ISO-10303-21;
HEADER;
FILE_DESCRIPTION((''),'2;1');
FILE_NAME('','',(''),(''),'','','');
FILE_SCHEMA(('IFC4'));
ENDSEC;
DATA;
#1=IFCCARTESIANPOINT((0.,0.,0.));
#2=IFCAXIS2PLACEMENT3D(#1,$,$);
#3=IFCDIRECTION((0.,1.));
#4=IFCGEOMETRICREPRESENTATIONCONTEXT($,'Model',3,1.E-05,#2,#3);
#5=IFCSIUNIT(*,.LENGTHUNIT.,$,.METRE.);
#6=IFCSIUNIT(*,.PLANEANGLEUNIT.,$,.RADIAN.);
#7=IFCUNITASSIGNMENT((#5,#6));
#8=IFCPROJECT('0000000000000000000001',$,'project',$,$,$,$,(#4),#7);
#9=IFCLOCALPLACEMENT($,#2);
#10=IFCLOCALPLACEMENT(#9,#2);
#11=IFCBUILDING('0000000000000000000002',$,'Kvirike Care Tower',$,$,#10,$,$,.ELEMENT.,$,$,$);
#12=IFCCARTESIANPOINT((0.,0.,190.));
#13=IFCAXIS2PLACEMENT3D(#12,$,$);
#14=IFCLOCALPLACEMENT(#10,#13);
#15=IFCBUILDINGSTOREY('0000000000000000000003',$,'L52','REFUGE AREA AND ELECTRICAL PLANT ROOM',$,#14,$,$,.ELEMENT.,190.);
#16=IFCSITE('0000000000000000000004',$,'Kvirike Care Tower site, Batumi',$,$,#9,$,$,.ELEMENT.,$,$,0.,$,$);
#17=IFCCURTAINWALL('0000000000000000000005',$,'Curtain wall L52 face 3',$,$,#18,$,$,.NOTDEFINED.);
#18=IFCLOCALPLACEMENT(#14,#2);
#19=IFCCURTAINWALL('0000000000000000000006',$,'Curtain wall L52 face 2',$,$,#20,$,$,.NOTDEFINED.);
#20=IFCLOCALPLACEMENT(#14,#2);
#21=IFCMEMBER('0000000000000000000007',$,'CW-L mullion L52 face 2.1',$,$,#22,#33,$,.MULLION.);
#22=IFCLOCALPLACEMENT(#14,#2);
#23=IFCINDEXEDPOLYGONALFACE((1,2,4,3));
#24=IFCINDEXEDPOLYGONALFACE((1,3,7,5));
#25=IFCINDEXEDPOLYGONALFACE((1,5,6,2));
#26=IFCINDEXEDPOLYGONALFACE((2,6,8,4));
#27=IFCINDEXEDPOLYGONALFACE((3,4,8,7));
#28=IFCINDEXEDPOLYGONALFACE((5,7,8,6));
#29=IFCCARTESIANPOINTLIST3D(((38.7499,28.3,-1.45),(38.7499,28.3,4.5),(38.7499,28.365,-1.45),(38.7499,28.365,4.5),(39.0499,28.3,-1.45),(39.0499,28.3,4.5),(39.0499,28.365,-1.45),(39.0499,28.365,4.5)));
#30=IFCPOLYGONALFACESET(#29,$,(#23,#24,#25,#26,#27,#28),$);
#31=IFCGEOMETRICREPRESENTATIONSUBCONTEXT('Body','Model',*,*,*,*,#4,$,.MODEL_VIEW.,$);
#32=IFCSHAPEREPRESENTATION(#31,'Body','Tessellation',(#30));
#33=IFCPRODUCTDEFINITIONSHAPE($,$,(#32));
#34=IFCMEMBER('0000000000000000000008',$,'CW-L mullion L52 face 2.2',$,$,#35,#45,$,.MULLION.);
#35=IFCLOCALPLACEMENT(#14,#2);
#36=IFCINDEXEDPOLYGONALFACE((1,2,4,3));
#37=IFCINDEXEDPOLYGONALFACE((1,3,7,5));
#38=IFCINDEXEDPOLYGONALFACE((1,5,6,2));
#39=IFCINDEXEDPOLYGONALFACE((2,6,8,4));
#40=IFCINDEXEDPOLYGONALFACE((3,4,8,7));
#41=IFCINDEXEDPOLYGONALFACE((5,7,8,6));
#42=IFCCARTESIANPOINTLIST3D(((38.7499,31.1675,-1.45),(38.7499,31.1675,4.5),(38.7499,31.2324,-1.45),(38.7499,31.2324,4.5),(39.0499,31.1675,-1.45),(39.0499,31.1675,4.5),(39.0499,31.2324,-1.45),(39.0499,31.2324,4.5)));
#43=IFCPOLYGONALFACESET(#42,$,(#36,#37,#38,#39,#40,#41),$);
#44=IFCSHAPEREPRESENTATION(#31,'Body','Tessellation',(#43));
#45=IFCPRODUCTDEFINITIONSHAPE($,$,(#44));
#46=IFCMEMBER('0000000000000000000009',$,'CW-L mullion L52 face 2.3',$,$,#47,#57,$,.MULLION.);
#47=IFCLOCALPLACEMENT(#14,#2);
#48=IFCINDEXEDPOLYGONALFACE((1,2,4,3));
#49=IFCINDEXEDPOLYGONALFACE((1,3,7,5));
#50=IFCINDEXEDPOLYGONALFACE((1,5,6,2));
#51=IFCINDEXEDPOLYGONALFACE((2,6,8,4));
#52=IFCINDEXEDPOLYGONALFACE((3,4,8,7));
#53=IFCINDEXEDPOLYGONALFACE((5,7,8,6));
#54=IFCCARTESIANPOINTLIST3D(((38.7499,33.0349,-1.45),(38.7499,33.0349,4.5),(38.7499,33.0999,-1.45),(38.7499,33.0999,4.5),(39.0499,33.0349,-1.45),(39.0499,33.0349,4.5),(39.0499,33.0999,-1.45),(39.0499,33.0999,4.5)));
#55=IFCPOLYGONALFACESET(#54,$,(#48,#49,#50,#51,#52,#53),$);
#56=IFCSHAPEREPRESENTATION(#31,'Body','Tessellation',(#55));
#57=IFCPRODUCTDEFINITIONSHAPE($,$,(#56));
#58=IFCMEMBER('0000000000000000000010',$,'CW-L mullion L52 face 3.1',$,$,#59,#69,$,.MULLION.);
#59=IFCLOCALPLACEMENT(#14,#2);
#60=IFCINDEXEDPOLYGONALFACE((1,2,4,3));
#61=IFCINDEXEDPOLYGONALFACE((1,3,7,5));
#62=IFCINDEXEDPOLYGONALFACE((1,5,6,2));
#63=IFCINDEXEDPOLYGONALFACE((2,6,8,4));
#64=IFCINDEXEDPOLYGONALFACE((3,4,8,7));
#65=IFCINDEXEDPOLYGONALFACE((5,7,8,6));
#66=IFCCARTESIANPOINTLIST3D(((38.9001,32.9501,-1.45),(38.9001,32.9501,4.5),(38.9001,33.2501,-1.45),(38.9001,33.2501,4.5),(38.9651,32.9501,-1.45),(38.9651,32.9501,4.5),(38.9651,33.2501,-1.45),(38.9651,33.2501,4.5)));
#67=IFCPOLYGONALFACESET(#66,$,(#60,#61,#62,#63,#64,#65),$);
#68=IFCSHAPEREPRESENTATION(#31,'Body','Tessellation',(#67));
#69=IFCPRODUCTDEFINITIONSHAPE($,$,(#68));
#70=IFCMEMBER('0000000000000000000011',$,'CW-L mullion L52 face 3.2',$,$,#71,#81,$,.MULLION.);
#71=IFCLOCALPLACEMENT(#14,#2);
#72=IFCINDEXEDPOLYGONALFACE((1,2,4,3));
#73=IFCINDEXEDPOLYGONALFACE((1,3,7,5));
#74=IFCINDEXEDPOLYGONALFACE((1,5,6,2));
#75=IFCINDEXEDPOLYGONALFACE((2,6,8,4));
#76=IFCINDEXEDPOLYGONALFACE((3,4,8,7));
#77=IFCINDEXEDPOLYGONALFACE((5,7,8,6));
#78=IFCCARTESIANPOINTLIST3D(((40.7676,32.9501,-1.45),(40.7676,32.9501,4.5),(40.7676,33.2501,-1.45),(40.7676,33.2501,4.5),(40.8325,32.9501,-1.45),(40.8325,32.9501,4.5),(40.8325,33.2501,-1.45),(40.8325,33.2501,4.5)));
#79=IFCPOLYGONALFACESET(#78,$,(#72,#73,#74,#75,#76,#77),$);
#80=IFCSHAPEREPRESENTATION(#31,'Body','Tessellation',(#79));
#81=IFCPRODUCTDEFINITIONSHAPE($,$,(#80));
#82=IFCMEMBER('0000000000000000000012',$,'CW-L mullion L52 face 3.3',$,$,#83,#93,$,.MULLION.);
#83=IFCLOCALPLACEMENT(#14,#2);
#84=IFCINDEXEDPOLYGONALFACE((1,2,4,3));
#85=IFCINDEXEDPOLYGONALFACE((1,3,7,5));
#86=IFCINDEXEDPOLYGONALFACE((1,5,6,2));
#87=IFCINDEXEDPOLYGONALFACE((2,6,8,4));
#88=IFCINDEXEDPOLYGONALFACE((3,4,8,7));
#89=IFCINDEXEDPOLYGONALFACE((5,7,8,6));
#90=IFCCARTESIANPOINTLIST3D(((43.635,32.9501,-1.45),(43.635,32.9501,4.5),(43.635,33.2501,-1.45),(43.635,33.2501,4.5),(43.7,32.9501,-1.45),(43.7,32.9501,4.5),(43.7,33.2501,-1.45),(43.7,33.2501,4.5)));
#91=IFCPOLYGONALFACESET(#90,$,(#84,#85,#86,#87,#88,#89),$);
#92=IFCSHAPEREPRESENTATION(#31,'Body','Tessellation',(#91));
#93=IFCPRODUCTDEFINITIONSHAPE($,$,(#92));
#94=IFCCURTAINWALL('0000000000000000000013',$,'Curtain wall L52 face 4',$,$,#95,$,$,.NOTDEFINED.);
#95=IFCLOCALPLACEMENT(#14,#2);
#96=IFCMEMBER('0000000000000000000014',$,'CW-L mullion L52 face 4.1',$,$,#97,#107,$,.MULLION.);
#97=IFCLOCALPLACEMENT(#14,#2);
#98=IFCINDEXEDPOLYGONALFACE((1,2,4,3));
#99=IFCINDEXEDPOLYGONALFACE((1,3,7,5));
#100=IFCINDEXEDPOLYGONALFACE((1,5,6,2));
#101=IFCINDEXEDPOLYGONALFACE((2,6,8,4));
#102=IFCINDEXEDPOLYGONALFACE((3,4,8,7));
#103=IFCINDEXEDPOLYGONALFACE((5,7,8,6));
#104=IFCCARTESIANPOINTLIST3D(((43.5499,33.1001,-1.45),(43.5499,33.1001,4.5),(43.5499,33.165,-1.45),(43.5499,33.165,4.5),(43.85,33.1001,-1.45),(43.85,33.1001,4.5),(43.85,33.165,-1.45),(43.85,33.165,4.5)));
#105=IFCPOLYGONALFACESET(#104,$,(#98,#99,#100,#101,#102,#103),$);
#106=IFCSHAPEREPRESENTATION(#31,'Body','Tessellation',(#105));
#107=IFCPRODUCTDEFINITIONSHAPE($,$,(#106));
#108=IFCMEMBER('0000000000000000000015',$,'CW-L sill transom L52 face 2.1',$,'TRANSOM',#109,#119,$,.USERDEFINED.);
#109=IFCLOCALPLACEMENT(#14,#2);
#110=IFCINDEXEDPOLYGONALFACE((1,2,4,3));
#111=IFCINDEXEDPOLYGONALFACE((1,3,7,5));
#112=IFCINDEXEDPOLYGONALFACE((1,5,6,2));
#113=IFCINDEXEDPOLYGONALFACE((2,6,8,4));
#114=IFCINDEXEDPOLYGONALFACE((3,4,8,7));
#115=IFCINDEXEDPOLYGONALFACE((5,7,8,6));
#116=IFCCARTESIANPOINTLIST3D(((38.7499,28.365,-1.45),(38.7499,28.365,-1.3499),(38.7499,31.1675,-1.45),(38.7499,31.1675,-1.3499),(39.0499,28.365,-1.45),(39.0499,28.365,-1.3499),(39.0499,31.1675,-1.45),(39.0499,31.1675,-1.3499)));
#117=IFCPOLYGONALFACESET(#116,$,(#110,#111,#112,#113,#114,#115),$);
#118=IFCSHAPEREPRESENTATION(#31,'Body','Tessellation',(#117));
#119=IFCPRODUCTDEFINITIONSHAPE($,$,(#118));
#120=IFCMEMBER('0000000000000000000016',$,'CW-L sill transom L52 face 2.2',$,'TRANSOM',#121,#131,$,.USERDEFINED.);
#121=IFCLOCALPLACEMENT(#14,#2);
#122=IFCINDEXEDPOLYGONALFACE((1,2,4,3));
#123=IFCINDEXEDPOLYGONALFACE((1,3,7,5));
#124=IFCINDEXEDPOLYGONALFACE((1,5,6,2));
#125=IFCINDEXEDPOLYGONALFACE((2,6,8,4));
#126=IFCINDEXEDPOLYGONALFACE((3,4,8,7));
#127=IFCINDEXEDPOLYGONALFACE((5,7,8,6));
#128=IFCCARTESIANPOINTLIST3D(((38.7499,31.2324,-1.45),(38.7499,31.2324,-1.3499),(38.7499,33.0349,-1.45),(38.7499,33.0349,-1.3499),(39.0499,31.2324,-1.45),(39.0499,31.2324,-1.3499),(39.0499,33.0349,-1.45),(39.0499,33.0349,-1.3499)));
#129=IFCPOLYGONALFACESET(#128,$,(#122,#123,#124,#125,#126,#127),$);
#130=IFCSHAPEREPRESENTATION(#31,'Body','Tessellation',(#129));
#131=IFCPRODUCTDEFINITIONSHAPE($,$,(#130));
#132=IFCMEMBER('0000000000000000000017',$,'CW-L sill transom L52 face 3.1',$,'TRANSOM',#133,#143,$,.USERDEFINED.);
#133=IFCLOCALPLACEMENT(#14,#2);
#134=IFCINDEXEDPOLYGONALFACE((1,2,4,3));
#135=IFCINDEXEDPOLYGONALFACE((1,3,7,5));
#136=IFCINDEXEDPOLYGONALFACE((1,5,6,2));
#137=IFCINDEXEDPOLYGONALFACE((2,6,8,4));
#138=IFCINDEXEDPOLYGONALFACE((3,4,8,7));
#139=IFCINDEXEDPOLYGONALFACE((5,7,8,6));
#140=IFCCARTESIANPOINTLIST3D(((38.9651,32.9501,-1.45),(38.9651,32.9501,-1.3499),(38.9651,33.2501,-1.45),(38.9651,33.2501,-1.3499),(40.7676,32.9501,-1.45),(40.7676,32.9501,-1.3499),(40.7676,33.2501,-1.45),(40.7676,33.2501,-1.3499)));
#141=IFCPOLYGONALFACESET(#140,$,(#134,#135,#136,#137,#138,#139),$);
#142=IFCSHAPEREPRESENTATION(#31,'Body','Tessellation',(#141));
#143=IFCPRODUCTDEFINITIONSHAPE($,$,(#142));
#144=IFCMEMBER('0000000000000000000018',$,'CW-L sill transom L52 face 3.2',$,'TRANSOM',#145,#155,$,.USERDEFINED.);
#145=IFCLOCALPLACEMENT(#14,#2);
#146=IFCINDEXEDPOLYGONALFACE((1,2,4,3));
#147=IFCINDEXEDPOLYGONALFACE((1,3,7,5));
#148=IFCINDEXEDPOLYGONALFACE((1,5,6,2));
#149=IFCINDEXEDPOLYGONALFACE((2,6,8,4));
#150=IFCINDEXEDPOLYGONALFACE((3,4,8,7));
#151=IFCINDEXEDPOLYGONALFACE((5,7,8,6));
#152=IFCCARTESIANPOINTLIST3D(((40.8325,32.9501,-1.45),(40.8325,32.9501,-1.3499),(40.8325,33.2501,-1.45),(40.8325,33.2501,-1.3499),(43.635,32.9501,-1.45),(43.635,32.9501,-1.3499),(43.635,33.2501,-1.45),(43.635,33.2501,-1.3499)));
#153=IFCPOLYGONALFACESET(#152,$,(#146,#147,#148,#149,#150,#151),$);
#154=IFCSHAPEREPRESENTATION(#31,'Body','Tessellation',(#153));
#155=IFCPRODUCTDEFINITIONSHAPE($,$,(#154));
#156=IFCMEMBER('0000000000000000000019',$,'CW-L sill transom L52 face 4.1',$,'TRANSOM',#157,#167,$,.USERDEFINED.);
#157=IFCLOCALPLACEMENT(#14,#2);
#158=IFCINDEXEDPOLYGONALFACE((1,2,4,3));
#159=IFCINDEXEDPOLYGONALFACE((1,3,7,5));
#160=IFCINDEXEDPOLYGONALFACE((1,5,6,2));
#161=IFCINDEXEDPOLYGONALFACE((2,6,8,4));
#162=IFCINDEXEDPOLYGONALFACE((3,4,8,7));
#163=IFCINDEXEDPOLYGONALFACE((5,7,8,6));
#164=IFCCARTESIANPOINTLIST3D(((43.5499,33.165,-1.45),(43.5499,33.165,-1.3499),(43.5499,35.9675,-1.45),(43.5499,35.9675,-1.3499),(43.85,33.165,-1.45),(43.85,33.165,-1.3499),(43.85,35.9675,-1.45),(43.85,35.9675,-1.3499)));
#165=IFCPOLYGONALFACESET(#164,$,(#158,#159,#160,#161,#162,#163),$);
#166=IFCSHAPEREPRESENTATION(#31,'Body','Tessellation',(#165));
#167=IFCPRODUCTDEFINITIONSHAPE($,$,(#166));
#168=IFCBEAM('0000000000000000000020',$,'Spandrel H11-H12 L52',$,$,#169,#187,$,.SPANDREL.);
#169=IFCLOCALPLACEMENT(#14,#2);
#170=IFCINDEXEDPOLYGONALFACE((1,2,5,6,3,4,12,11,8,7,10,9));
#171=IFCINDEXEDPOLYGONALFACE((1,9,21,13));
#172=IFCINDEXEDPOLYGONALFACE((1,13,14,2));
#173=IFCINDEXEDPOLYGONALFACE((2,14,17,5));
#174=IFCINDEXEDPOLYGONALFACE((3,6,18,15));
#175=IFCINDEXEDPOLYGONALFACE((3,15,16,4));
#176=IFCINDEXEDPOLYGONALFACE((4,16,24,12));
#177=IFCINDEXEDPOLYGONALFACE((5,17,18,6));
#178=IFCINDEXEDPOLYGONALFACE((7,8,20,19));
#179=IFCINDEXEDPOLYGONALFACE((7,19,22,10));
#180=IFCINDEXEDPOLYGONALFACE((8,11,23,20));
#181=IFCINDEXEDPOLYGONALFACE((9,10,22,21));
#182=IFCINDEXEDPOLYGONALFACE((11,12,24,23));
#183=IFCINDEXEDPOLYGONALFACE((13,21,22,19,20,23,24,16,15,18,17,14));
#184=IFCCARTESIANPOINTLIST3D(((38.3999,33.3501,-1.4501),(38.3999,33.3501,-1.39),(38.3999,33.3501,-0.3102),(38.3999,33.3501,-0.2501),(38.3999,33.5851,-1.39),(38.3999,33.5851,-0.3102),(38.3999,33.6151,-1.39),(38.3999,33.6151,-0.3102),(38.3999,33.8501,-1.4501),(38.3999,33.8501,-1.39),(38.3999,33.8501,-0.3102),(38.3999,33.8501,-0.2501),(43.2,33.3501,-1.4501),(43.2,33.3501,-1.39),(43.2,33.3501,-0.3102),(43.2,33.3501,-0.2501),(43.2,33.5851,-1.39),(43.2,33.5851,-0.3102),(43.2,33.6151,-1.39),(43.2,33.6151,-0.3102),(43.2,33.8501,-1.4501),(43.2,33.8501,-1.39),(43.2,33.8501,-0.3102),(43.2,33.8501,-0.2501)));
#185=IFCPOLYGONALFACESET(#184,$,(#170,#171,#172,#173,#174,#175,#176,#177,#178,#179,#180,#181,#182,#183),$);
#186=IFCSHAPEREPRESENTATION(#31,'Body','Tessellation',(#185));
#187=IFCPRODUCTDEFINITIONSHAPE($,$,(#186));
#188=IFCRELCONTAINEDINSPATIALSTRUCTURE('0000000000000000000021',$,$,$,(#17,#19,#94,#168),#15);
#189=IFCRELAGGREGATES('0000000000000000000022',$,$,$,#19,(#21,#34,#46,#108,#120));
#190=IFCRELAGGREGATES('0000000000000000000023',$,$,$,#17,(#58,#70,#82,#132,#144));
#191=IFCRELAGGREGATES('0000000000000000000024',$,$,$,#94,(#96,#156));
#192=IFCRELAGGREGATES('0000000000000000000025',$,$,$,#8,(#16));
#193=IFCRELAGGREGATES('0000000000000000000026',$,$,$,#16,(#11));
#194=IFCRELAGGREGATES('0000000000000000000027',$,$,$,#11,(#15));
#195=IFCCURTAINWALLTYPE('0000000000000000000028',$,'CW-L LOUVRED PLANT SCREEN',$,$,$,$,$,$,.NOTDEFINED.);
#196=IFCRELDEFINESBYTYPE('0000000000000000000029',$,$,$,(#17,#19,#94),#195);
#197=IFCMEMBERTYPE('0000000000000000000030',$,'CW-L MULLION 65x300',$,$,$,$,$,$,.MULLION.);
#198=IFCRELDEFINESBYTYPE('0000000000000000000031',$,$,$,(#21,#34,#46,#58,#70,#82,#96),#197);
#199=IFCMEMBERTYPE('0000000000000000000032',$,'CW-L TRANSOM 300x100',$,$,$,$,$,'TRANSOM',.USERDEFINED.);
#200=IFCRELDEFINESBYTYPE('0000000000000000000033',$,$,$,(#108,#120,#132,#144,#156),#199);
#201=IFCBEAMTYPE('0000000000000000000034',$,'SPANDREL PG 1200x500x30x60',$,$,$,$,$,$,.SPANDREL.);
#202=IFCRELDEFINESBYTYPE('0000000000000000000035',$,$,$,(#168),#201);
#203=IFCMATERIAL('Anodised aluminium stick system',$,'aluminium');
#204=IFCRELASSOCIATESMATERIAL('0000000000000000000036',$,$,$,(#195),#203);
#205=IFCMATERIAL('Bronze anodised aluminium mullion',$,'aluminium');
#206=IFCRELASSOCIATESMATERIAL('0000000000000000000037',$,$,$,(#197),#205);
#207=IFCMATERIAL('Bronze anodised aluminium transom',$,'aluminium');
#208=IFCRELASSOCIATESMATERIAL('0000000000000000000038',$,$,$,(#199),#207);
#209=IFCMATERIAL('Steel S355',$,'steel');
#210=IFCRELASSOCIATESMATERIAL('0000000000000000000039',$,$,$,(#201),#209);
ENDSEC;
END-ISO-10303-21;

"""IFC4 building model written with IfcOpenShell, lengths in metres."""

from ifc_helpers import new_model, si_unit, direction, frame, origin, origin_2d, place, context, subcontext, project, spatial, rectangle, i_section, extrude, material, material_profile, profile_set, type_object, element, aggregate, save


model = new_model("IFC4")

# Units and contexts
model_context = context("Model", 3, precision=1e-05, world=origin(), true_north=direction((0.0, 1.0)))
body_context = subcontext(model_context, "Body", "Model", "MODEL_VIEW")
ifc_project = project(units=[si_unit("LENGTHUNIT", "METRE"), si_unit("PLANEANGLEUNIT", "RADIAN")], contexts=[model_context])

# Site, building, storey
site_placement = place(None, origin())
site = spatial("IfcSite", under=ifc_project, at=site_placement, Name="Kvirike Care Tower site, Batumi", CompositionType="ELEMENT", RefElevation=0.0)
building_placement = place(site_placement, origin())
building = spatial("IfcBuilding", under=site, at=building_placement, Name="Kvirike Care Tower", CompositionType="ELEMENT")
storey_placement = place(building_placement, frame((0.0, 0.0, 190.0)))
storey = spatial("IfcBuildingStorey", under=building, at=storey_placement, Name="L52", Description="REFUGE AREA AND ELECTRICAL PLANT ROOM", CompositionType="ELEMENT", Elevation=190.0)

# Curtain wall
ifc_material_1 = material(Name="Anodised aluminium stick system", Category="aluminium")
curtain_wall_type = type_object("IfcCurtainWallType", Name="CW-L LOUVRED PLANT SCREEN", PredefinedType="NOTDEFINED", material=ifc_material_1)
curtain_wall_1_placement = place(storey_placement, origin())
curtain_wall_1 = element("IfcCurtainWall", 1, at=curtain_wall_1_placement, inside=storey, type_object=curtain_wall_type, Name="Curtain wall L52 face 3", PredefinedType="NOTDEFINED")
ifc_material_2 = material(Name="Bronze anodised aluminium mullion", Category="aluminium")
ifc_material_profile_1 = material_profile(ifc_material_2, rectangle(XDim=0.0649, YDim=0.3, at=origin_2d()), Name="CW-L MULLION 65x300")
ifc_profile_set_1 = profile_set([ifc_material_profile_1], Name="Bronze anodised aluminium mullion")
member_type_1 = type_object("IfcMemberType", Name="CW-L MULLION 65x300", PredefinedType="MULLION", material=ifc_profile_set_1)

# Curtain wall, members
curtain_wall_2_placement = place(storey_placement, origin())
curtain_wall_2 = element("IfcCurtainWall", 2, at=curtain_wall_2_placement, inside=storey, type_object=curtain_wall_type, Name="Curtain wall L52 face 2", PredefinedType="NOTDEFINED")
member_1_placement = place(storey_placement, frame((38.8999, 28.3325, -1.45), z_axis=(0.0, 0.0, 1.0), x_axis=(0.0, 1.0, 0.0)))
member_1 = element("IfcMember", 3, at=member_1_placement, type_object=member_type_1, Name="CW-L mullion L52 face 2.1", PredefinedType="MULLION", context=body_context, shape_type="SweptSolid", body=[
    extrude(rectangle(XDim=0.0649, YDim=0.3, at=origin_2d()), origin(), (0.0, 0.0, 1.0), 5.95),
])
member_2_placement = place(storey_placement, frame((38.8999, 31.2, -1.45), z_axis=(0.0, 0.0, 1.0), x_axis=(0.0, 1.0, 0.0)))
member_2 = element("IfcMember", 4, at=member_2_placement, type_object=member_type_1, Name="CW-L mullion L52 face 2.2", PredefinedType="MULLION", context=body_context, shape_type="SweptSolid", body=[
    extrude(rectangle(XDim=0.0649, YDim=0.3, at=origin_2d()), origin(), (0.0, 0.0, 1.0), 5.95),
])
member_3_placement = place(storey_placement, frame((38.8999, 33.0674, -1.45), z_axis=(0.0, 0.0, 1.0), x_axis=(0.0, 1.0, 0.0)))
member_3 = element("IfcMember", 5, at=member_3_placement, type_object=member_type_1, Name="CW-L mullion L52 face 2.3", PredefinedType="MULLION", context=body_context, shape_type="SweptSolid", body=[
    extrude(rectangle(XDim=0.0649, YDim=0.3, at=origin_2d()), origin(), (0.0, 0.0, 1.0), 5.95),
])

# Members
member_4_placement = place(storey_placement, frame((38.9326, 33.1001, -1.45), z_axis=(0.0, 0.0, 1.0), x_axis=(1.0, 0.0, 0.0)))
member_4 = element("IfcMember", 6, at=member_4_placement, type_object=member_type_1, Name="CW-L mullion L52 face 3.1", PredefinedType="MULLION", context=body_context, shape_type="SweptSolid", body=[
    extrude(rectangle(XDim=0.0649, YDim=0.3, at=origin_2d()), origin(), (0.0, 0.0, 1.0), 5.95),
])
member_5_placement = place(storey_placement, frame((40.8, 33.1001, -1.45), z_axis=(0.0, 0.0, 1.0), x_axis=(1.0, 0.0, 0.0)))
member_5 = element("IfcMember", 7, at=member_5_placement, type_object=member_type_1, Name="CW-L mullion L52 face 3.2", PredefinedType="MULLION", context=body_context, shape_type="SweptSolid", body=[
    extrude(rectangle(XDim=0.0649, YDim=0.3, at=origin_2d()), origin(), (0.0, 0.0, 1.0), 5.95),
])
member_6_placement = place(storey_placement, frame((43.6675, 33.1001, -1.45), z_axis=(0.0, 0.0, 1.0), x_axis=(1.0, 0.0, 0.0)))
member_6 = element("IfcMember", 8, at=member_6_placement, type_object=member_type_1, Name="CW-L mullion L52 face 3.3", PredefinedType="MULLION", context=body_context, shape_type="SweptSolid", body=[
    extrude(rectangle(XDim=0.0649, YDim=0.3, at=origin_2d()), origin(), (0.0, 0.0, 1.0), 5.95),
])

# Curtain wall, member
curtain_wall_3_placement = place(storey_placement, origin())
curtain_wall_3 = element("IfcCurtainWall", 9, at=curtain_wall_3_placement, inside=storey, type_object=curtain_wall_type, Name="Curtain wall L52 face 4", PredefinedType="NOTDEFINED")
member_7_placement = place(storey_placement, frame((43.7, 33.1326, -1.45), z_axis=(0.0, 0.0, 1.0), x_axis=(0.0, 1.0, 0.0)))
member_7 = element("IfcMember", 10, at=member_7_placement, type_object=member_type_1, Name="CW-L mullion L52 face 4.1", PredefinedType="MULLION", context=body_context, shape_type="SweptSolid", body=[
    extrude(rectangle(XDim=0.0649, YDim=0.3, at=origin_2d()), origin(), (0.0, 0.0, 1.0), 5.95),
])

# Members
ifc_material_3 = material(Name="Bronze anodised aluminium transom", Category="aluminium")
ifc_material_profile_2 = material_profile(ifc_material_3, rectangle(XDim=0.3, YDim=0.1001, at=origin_2d()), Name="CW-L TRANSOM 300x100")
ifc_profile_set_2 = profile_set([ifc_material_profile_2], Name="Bronze anodised aluminium transom")
member_type_2 = type_object("IfcMemberType", Name="CW-L TRANSOM 300x100", ElementType="TRANSOM", PredefinedType="USERDEFINED", material=ifc_profile_set_2)
member_8_placement = place(storey_placement, frame((38.8999, 28.365, -1.3999), z_axis=(0.0, 1.0, 0.0), x_axis=(-1.0, 0.0, 0.0)))
member_8 = element("IfcMember", 11, at=member_8_placement, type_object=member_type_2, Name="CW-L sill transom L52 face 2.1", ObjectType="TRANSOM", PredefinedType="USERDEFINED", context=body_context, shape_type="SweptSolid", body=[
    extrude(rectangle(XDim=0.3, YDim=0.1001, at=origin_2d()), origin(), (0.0, 0.0, 1.0), 2.8025),
])
member_9_placement = place(storey_placement, frame((38.8999, 31.2324, -1.3999), z_axis=(0.0, 1.0, 0.0), x_axis=(-1.0, 0.0, 0.0)))
member_9 = element("IfcMember", 12, at=member_9_placement, type_object=member_type_2, Name="CW-L sill transom L52 face 2.2", ObjectType="TRANSOM", PredefinedType="USERDEFINED", context=body_context, shape_type="SweptSolid", body=[
    extrude(rectangle(XDim=0.3, YDim=0.1001, at=origin_2d()), origin(), (0.0, 0.0, 1.0), 1.8025),
])
member_10_placement = place(storey_placement, frame((38.9651, 33.1001, -1.3999), z_axis=(1.0, 0.0, 0.0), x_axis=(0.0, 1.0, 0.0)))
member_10 = element("IfcMember", 13, at=member_10_placement, type_object=member_type_2, Name="CW-L sill transom L52 face 3.1", ObjectType="TRANSOM", PredefinedType="USERDEFINED", context=body_context, shape_type="SweptSolid", body=[
    extrude(rectangle(XDim=0.3, YDim=0.1001, at=origin_2d()), origin(), (0.0, 0.0, 1.0), 1.8025),
])
member_11_placement = place(storey_placement, frame((40.8325, 33.1001, -1.3999), z_axis=(1.0, 0.0, 0.0), x_axis=(0.0, 1.0, 0.0)))
member_11 = element("IfcMember", 14, at=member_11_placement, type_object=member_type_2, Name="CW-L sill transom L52 face 3.2", ObjectType="TRANSOM", PredefinedType="USERDEFINED", context=body_context, shape_type="SweptSolid", body=[
    extrude(rectangle(XDim=0.3, YDim=0.1001, at=origin_2d()), origin(), (0.0, 0.0, 1.0), 2.8025),
])
member_12_placement = place(storey_placement, frame((43.7, 33.165, -1.3999), z_axis=(0.0, 1.0, 0.0), x_axis=(-1.0, 0.0, 0.0)))
member_12 = element("IfcMember", 15, at=member_12_placement, type_object=member_type_2, Name="CW-L sill transom L52 face 4.1", ObjectType="TRANSOM", PredefinedType="USERDEFINED", context=body_context, shape_type="SweptSolid", body=[
    extrude(rectangle(XDim=0.3, YDim=0.1001, at=origin_2d()), origin(), (0.0, 0.0, 1.0), 2.8025),
])

# Beam
ifc_material_4 = material(Name="Steel S355", Category="steel")
ifc_material_profile_3 = material_profile(ifc_material_4, i_section(OverallWidth=0.5, OverallDepth=1.2, WebThickness=0.03, FlangeThickness=0.0601, at=origin_2d()), Name="PG 1200x500x30x60")
ifc_profile_set_3 = profile_set([ifc_material_profile_3], Name="Steel S355")
beam_type_1 = type_object("IfcBeamType", Name="SPANDREL PG 1200x500x30x60", PredefinedType="SPANDREL", material=ifc_profile_set_3)
for number, where, z_axis, x_axis, name in (
    (16, (38.3999, 33.6001, -0.8501), (1.0, 0.0, 0.0), (0.0, 1.0, 0.0), "Spandrel H11-H12 L52"),
):
    element("IfcBeam", number, at=place(storey_placement, frame(where, z_axis=z_axis, x_axis=x_axis)), inside=storey, type_object=beam_type_1, Name=name, PredefinedType="SPANDREL", context=body_context, shape_type="SweptSolid", body=[
        extrude(i_section(OverallWidth=0.5, OverallDepth=1.2, WebThickness=0.03, FlangeThickness=0.0601, at=origin_2d()), origin(), (0.0, 0.0, 1.0), 4.8),
    ])

aggregate(curtain_wall_2, [member_1, member_2, member_3, member_8, member_9])
aggregate(curtain_wall_1, [member_4, member_5, member_6, member_10, member_11])
aggregate(curtain_wall_3, [member_7, member_12])

save(model, "model.ifc")
